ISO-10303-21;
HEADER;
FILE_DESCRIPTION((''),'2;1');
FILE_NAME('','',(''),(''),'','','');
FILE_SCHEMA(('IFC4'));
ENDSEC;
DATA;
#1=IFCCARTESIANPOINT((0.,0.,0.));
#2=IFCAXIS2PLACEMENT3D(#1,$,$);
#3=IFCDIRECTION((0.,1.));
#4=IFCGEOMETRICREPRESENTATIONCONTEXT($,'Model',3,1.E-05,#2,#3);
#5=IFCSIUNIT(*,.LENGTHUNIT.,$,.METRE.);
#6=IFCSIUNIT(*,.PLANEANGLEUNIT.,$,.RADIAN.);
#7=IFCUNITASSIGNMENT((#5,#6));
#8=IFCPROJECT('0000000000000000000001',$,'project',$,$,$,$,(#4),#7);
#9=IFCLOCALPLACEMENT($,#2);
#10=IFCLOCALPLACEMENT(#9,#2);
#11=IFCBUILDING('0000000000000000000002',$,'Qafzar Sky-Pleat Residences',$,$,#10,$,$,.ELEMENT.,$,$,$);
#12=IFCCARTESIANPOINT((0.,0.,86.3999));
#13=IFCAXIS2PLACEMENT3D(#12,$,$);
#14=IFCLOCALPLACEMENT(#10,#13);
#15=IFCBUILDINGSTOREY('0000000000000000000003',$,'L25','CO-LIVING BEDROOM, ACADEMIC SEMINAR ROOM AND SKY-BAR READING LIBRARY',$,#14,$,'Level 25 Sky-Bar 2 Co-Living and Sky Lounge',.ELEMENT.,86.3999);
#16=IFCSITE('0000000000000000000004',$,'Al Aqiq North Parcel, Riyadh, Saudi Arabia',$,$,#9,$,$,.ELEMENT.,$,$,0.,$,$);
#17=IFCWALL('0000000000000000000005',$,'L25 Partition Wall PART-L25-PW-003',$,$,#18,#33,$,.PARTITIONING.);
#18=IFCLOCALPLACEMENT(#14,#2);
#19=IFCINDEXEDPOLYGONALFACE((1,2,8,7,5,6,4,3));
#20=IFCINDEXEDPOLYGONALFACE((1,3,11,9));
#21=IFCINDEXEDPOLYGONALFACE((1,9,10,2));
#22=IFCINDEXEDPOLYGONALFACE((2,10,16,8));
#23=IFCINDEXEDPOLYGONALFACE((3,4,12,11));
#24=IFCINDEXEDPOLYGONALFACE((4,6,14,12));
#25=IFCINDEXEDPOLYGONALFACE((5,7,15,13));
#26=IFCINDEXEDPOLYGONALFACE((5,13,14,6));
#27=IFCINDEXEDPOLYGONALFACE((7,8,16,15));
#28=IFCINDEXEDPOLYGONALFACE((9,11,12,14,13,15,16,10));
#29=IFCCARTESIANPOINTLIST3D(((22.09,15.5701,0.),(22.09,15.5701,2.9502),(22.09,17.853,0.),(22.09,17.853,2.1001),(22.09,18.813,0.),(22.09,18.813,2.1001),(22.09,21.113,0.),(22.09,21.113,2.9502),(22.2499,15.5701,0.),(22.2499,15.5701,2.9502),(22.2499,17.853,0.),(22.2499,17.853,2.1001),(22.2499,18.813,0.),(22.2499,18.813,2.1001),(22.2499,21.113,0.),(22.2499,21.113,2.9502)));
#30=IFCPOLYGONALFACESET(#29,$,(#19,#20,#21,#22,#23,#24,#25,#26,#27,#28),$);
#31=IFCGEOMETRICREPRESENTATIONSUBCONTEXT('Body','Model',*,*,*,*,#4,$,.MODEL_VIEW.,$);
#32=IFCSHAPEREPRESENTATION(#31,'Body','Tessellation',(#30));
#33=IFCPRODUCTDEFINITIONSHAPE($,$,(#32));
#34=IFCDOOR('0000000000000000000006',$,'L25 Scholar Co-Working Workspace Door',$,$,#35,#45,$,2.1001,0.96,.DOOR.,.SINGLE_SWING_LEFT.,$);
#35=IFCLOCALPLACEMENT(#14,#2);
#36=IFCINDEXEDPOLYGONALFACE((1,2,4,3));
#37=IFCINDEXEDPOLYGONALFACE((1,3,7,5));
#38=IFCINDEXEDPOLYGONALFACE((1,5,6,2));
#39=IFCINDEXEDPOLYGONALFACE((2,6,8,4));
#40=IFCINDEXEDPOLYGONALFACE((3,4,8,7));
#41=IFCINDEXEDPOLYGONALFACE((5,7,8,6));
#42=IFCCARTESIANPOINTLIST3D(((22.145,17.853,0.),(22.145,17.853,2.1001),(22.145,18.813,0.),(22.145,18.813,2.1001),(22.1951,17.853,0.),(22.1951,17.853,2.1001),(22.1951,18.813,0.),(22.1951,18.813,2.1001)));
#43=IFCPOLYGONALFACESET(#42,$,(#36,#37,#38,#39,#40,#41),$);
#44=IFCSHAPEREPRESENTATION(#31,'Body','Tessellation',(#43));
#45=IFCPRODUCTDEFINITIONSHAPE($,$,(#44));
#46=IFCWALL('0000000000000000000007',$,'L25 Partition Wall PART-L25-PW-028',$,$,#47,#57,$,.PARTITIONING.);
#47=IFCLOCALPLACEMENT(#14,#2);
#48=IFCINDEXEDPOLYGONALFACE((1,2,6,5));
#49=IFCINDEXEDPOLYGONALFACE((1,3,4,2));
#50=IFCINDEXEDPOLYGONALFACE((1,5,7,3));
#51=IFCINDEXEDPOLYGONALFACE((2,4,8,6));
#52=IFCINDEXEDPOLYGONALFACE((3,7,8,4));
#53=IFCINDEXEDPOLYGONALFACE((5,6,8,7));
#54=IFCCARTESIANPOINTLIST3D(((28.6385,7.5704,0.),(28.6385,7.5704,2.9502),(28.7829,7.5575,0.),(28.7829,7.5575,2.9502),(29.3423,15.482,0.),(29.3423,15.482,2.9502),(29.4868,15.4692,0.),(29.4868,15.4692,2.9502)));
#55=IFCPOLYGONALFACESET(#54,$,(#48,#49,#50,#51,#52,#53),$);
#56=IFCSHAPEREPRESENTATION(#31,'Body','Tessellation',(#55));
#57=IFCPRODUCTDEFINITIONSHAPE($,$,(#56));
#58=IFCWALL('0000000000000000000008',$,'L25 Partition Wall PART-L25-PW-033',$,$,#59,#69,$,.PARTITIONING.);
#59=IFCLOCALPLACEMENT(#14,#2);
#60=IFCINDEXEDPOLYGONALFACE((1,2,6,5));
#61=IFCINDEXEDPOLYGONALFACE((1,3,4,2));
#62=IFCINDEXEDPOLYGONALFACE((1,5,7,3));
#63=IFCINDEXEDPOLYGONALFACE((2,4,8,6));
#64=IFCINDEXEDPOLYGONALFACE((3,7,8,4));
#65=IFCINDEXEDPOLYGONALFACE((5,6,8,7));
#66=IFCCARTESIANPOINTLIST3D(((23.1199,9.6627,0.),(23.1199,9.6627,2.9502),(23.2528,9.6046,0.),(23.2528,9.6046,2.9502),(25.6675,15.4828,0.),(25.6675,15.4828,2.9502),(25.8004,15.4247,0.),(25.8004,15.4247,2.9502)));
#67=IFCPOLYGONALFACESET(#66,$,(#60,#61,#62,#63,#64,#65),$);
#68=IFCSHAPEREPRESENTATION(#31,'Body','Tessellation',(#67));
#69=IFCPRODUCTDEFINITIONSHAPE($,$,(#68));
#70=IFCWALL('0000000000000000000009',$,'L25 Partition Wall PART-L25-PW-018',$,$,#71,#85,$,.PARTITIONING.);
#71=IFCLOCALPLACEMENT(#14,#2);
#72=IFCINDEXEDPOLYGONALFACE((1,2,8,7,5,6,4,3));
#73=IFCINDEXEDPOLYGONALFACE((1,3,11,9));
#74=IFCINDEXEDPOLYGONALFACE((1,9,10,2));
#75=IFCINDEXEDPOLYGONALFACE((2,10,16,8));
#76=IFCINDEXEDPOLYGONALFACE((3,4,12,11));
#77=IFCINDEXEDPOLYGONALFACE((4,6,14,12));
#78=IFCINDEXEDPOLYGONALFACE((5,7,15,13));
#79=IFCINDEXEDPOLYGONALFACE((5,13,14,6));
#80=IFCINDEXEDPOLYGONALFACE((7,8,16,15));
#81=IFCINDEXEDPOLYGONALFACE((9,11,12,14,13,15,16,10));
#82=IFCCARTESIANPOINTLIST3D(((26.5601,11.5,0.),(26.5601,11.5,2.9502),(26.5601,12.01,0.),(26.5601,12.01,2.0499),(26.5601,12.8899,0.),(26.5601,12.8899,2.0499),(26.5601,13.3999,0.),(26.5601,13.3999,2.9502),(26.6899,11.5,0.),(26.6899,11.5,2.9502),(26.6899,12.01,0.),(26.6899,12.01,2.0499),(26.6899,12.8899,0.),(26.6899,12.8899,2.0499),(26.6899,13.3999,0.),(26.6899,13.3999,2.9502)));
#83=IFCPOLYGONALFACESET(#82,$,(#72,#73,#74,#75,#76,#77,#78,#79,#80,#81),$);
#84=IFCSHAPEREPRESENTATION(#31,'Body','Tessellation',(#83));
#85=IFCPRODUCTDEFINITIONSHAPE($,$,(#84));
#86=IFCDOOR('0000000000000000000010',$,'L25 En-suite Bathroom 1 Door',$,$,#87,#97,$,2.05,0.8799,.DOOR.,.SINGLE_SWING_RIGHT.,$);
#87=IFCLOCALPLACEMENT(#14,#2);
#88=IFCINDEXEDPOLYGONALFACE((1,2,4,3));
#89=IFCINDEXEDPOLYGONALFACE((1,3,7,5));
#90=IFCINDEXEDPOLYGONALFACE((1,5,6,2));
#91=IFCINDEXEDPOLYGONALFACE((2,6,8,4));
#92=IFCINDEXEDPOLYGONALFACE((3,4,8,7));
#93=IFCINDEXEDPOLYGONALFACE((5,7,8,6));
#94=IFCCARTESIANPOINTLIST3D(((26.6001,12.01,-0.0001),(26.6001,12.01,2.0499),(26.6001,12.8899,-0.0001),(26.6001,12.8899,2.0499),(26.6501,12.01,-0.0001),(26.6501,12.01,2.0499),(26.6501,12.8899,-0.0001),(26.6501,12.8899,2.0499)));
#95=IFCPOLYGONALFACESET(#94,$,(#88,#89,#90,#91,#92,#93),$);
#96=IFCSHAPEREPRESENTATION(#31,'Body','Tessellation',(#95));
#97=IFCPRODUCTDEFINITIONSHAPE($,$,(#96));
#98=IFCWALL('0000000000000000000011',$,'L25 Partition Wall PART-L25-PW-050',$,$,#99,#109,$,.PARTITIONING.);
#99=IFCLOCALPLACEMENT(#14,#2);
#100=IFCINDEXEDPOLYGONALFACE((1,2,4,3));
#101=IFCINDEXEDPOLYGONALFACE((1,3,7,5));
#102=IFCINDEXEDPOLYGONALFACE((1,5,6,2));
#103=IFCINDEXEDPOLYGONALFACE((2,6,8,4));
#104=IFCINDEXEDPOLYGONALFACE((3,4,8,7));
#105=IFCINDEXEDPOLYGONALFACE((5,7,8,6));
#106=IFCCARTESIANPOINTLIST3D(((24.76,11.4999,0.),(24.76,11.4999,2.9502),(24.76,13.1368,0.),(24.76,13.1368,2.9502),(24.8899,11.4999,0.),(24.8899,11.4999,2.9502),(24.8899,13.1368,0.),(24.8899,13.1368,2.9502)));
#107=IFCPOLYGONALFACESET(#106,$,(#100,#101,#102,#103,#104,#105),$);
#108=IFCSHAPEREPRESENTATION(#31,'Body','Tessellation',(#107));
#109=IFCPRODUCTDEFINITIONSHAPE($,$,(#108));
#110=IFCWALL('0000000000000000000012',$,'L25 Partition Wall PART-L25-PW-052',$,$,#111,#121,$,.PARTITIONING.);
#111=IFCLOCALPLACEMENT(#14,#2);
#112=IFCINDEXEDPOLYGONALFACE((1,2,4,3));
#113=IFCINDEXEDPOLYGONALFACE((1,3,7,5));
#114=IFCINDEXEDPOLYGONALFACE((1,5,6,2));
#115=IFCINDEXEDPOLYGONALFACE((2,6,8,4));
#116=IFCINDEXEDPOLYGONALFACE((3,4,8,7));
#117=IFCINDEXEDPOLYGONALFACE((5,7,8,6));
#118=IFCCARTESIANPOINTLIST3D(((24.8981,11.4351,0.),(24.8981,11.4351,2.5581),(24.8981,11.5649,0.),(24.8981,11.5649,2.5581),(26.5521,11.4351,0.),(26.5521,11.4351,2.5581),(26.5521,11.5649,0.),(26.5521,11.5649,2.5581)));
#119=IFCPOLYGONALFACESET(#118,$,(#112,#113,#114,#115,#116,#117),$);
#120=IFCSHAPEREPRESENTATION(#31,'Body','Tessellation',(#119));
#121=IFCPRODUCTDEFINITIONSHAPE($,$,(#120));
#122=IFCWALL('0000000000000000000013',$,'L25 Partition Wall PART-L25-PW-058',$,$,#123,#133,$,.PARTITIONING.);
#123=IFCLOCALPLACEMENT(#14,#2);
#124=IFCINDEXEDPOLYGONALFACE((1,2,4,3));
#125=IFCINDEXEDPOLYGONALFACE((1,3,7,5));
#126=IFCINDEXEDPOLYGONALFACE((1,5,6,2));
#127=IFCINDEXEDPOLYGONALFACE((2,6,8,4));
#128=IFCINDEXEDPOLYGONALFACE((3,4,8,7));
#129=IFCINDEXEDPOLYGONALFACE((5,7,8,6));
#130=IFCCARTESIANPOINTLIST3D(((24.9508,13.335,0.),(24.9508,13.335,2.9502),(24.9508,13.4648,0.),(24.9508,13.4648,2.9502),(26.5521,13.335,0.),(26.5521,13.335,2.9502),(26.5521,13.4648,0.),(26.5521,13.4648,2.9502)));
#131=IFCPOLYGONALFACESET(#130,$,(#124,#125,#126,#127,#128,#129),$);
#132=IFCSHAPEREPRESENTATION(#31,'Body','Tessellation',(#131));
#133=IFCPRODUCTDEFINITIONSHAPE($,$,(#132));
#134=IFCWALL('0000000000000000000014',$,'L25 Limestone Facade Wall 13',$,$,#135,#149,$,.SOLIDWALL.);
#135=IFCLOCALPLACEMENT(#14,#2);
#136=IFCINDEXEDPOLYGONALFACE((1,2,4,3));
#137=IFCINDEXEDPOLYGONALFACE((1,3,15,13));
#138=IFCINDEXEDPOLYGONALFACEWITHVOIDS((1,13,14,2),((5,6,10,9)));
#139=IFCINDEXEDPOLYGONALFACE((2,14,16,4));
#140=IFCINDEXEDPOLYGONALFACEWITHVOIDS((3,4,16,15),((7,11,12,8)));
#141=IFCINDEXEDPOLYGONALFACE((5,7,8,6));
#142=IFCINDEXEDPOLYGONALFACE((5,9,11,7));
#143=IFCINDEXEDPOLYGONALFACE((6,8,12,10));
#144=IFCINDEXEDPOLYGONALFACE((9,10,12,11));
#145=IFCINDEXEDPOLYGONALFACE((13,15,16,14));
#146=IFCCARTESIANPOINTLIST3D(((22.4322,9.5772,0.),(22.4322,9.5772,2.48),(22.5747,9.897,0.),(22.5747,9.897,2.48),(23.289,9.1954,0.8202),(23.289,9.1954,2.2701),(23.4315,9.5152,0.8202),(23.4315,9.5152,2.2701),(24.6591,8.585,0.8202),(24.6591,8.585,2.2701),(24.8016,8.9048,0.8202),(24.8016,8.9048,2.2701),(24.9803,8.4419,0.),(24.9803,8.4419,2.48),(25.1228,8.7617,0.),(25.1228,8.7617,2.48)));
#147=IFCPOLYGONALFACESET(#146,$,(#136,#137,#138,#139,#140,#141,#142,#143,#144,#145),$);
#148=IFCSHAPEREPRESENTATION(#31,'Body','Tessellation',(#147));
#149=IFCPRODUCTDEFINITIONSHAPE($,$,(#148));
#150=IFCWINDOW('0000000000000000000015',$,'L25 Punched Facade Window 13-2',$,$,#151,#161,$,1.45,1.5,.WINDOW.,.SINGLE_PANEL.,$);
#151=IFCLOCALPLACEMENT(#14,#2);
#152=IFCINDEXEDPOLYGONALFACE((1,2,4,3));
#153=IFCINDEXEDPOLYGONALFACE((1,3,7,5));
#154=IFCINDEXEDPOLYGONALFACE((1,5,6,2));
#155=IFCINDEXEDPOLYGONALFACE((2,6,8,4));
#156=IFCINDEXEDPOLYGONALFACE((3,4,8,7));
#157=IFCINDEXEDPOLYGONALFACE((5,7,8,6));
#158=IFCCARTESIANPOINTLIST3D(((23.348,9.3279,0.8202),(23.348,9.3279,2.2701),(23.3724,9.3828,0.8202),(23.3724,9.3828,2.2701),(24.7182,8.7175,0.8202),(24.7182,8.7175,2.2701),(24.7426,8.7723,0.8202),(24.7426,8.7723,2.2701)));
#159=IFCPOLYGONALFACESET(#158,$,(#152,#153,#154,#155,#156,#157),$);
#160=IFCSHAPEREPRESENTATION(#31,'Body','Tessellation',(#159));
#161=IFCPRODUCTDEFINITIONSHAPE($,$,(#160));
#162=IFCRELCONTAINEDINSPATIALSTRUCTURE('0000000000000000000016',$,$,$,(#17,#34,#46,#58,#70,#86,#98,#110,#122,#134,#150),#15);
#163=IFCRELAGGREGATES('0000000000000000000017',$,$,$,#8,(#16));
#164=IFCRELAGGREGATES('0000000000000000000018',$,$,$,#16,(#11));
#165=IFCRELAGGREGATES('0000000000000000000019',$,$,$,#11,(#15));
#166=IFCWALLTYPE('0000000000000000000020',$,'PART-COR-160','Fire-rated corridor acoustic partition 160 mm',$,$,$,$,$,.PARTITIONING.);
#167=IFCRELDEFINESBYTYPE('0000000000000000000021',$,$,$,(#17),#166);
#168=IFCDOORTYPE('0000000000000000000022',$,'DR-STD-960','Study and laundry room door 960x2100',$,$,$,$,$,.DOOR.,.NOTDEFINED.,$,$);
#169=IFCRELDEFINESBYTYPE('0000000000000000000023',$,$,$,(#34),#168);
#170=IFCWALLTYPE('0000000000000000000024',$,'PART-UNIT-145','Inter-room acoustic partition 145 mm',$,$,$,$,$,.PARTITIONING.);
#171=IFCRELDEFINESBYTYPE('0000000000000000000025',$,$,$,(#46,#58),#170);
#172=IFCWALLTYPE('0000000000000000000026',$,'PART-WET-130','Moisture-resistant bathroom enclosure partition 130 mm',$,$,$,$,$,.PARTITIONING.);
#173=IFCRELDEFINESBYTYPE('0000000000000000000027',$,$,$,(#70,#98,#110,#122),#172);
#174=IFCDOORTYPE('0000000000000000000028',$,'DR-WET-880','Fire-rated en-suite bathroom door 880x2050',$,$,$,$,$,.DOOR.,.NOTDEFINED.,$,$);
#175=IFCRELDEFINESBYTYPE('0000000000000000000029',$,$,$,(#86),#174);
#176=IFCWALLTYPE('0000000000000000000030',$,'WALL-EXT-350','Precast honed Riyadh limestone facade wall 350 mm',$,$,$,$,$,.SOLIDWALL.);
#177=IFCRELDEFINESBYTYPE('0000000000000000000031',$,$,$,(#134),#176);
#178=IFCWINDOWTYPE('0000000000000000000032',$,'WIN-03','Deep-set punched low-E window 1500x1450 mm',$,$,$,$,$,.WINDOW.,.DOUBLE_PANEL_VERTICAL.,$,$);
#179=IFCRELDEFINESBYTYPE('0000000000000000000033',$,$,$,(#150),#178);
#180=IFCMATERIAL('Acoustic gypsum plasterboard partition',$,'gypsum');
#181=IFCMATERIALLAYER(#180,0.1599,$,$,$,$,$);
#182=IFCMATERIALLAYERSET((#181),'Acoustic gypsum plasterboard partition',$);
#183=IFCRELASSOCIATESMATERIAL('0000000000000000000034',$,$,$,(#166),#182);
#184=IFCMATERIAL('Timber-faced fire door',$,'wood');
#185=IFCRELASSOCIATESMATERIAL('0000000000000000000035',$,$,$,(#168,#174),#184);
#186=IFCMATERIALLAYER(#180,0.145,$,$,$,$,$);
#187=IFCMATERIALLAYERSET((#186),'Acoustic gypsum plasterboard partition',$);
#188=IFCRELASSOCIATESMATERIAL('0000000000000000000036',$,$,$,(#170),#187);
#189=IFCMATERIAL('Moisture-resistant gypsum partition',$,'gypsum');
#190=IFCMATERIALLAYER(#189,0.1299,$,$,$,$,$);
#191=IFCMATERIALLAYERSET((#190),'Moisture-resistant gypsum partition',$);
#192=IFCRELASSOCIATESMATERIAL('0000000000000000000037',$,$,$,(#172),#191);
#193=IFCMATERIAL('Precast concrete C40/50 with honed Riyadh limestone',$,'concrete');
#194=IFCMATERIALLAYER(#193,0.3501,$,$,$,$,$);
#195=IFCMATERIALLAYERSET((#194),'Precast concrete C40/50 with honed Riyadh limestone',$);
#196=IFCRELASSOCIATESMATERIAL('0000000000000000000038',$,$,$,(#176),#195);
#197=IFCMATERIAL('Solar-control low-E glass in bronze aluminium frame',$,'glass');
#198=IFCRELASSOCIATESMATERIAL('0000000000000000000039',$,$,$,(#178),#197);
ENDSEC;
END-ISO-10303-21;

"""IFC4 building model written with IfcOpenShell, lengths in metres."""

from ifc_helpers import new_model, si_unit, direction, frame, frame_2d, origin, place, context, subcontext, project, spatial, rectangle, extrude, source, transform, mapped, material, layer, layer_set, type_object, element, fill, save


model = new_model("IFC4")

# Units and contexts
model_context = context("Model", 3, precision=1e-05, world=origin(), true_north=direction((0.0, 1.0)))
body_context = subcontext(model_context, "Body", "Model", "MODEL_VIEW")
ifc_project = project(units=[si_unit("LENGTHUNIT", "METRE"), si_unit("PLANEANGLEUNIT", "RADIAN")], contexts=[model_context])

# Site, building, storey
site_placement = place(None, origin())
site = spatial("IfcSite", under=ifc_project, at=site_placement, Name="Al Aqiq North Parcel, Riyadh, Saudi Arabia", CompositionType="ELEMENT", RefElevation=0.0)
building_placement = place(site_placement, origin())
building = spatial("IfcBuilding", under=site, at=building_placement, Name="Qafzar Sky-Pleat Residences", CompositionType="ELEMENT")
storey_placement = place(building_placement, frame((0.0, 0.0, 86.3999)))
storey = spatial("IfcBuildingStorey", under=building, at=storey_placement, Name="L25", Description="CO-LIVING BEDROOM, ACADEMIC SEMINAR ROOM AND SKY-BAR READING LIBRARY", LongName="Level 25 Sky-Bar 2 Co-Living and Sky Lounge", CompositionType="ELEMENT", Elevation=86.3999)

# Wall, opening, door
ifc_material_1 = material(Name="Acoustic gypsum plasterboard partition", Category="gypsum")
ifc_layer_1 = layer(ifc_material_1, 0.1599)
ifc_layer_set_1 = layer_set([ifc_layer_1], Name="Acoustic gypsum plasterboard partition")
wall_type_1 = type_object("IfcWallType", Name="PART-COR-160", Description="Fire-rated corridor acoustic partition 160 mm", PredefinedType="PARTITIONING", material=ifc_layer_set_1)
wall_1_placement = place(storey_placement, frame((22.1699, 15.5701, 0.0), z_axis=(0.0, 0.0, 1.0), x_axis=(0.0, 1.0, 0.0)))
wall_1 = element("IfcWall", 1, at=wall_1_placement, inside=storey, type_object=wall_type_1, Name="L25 Partition Wall PART-L25-PW-003", PredefinedType="PARTITIONING", context=body_context, shape_type="SweptSolid", body=[
    extrude(rectangle(XDim=5.543, YDim=0.1599, at=frame_2d((2.7715, 0.0))), origin(), (0.0, 0.0, 1.0), 2.9502),
])
opening_1_placement = place(wall_1_placement, frame((2.283, 0.0, 0.0)))
opening_1 = element("IfcOpeningElement", 2, at=opening_1_placement, cuts=wall_1, PredefinedType="OPENING", context=body_context, shape_type="SweptSolid", body=[
    extrude(rectangle(XDim=0.96, YDim=2.1001, at=frame_2d((0.48, 1.05))), frame((0.0, 0.0898, 0.0), z_axis=(0.0, -1.0, 0.0), x_axis=(1.0, 0.0, 0.0)), (0.0, 0.0, 1.0), 0.1799),
])
ifc_material_2 = material(Name="Timber-faced fire door", Category="wood")
door_type_1 = type_object("IfcDoorType", Name="DR-STD-960", Description="Study and laundry room door 960x2100", OperationType="NOTDEFINED", PredefinedType="DOOR", material=ifc_material_2)
shared_shape_1 = source(origin(), body_context, "Body", "SweptSolid", [
    extrude(rectangle(XDim=0.96, YDim=2.1001, at=frame_2d((0.48, 1.05))), frame((0.0, 0.0249, 0.0), z_axis=(0.0, -1.0, 0.0), x_axis=(1.0, 0.0, 0.0)), (0.0, 0.0, 1.0), 0.05),
])
door_1_placement = place(opening_1_placement, origin())
door_1 = element("IfcDoor", 3, at=door_1_placement, inside=storey, type_object=door_type_1, Name="L25 Scholar Co-Working Workspace Door", OperationType="SINGLE_SWING_LEFT", OverallHeight=2.1001, OverallWidth=0.96, PredefinedType="DOOR", context=body_context, shape_type="MappedRepresentation", body=[
    mapped(shared_shape_1, transform((0.0, 0.0, 0.0), x_axis=(1.0, 0.0, 0.0), y_axis=(0.0, 1.0, 0.0), z_axis=(0.0, 0.0, 1.0), scale=1.0)),
])
fill(opening_1, door_1)

# Walls
ifc_layer_2 = layer(ifc_material_1, 0.145)
ifc_layer_set_2 = layer_set([ifc_layer_2], Name="Acoustic gypsum plasterboard partition")
wall_type_2 = type_object("IfcWallType", Name="PART-UNIT-145", Description="Inter-room acoustic partition 145 mm", PredefinedType="PARTITIONING", material=ifc_layer_set_2)
wall_2_placement = place(storey_placement, frame((28.7107, 7.564, 0.0), z_axis=(0.0, 0.0, 1.0), x_axis=(0.088615, 0.996066, 0.0)))
element("IfcWall", 4, at=wall_2_placement, inside=storey, type_object=wall_type_2, Name="L25 Partition Wall PART-L25-PW-028", PredefinedType="PARTITIONING", context=body_context, shape_type="SweptSolid", body=[
    extrude(rectangle(XDim=7.9429, YDim=0.145, at=frame_2d((3.9714, 0.0))), origin(), (0.0, 0.0, 1.0), 2.9502),
])
wall_3_placement = place(storey_placement, frame((23.1863, 9.6335, 0.0), z_axis=(0.0, 0.0, 1.0), x_axis=(0.400994, 0.916081, 0.0)))
element("IfcWall", 5, at=wall_3_placement, inside=storey, type_object=wall_type_2, Name="L25 Partition Wall PART-L25-PW-033", PredefinedType="PARTITIONING", context=body_context, shape_type="SweptSolid", body=[
    extrude(rectangle(XDim=6.3533, YDim=0.145, at=frame_2d((3.1768, 0.0))), origin(), (0.0, 0.0, 1.0), 2.9502),
])

# Wall, opening, door
ifc_material_3 = material(Name="Moisture-resistant gypsum partition", Category="gypsum")
ifc_layer_3 = layer(ifc_material_3, 0.1299)
ifc_layer_set_3 = layer_set([ifc_layer_3], Name="Moisture-resistant gypsum partition")
wall_type_3 = type_object("IfcWallType", Name="PART-WET-130", Description="Moisture-resistant bathroom enclosure partition 130 mm", PredefinedType="PARTITIONING", material=ifc_layer_set_3)
wall_4_placement = place(storey_placement, frame((26.625, 11.5, 0.0), z_axis=(0.0, 0.0, 1.0), x_axis=(0.0, 1.0, 0.0)))
wall_4 = element("IfcWall", 6, at=wall_4_placement, inside=storey, type_object=wall_type_3, Name="L25 Partition Wall PART-L25-PW-018", PredefinedType="PARTITIONING", context=body_context, shape_type="SweptSolid", body=[
    extrude(rectangle(XDim=1.8999, YDim=0.1299, at=frame_2d((0.95, 0.0))), origin(), (0.0, 0.0, 1.0), 2.9502),
])
opening_2_placement = place(wall_4_placement, frame((0.51, 0.0, 0.0)))
opening_2 = element("IfcOpeningElement", 7, at=opening_2_placement, cuts=wall_4, PredefinedType="OPENING", context=body_context, shape_type="SweptSolid", body=[
    extrude(rectangle(XDim=0.8799, YDim=2.05, at=frame_2d((0.4399, 1.0249))), frame((0.0, 0.075, 0.0), z_axis=(0.0, -1.0, 0.0), x_axis=(1.0, 0.0, 0.0)), (0.0, 0.0, 1.0), 0.1499),
])
door_type_2 = type_object("IfcDoorType", Name="DR-WET-880", Description="Fire-rated en-suite bathroom door 880x2050", OperationType="NOTDEFINED", PredefinedType="DOOR", material=ifc_material_2)
shared_shape_2 = source(origin(), body_context, "Body", "SweptSolid", [
    extrude(rectangle(XDim=0.8799, YDim=2.05, at=frame_2d((0.4399, 1.0249))), frame((0.0, 0.0249, 0.0), z_axis=(0.0, -1.0, 0.0), x_axis=(1.0, 0.0, 0.0)), (0.0, 0.0, 1.0), 0.05),
])
door_2_placement = place(opening_2_placement, origin())
door_2 = element("IfcDoor", 8, at=door_2_placement, inside=storey, type_object=door_type_2, Name="L25 En-suite Bathroom 1 Door", OperationType="SINGLE_SWING_RIGHT", OverallHeight=2.05, OverallWidth=0.8799, PredefinedType="DOOR", context=body_context, shape_type="MappedRepresentation", body=[
    mapped(shared_shape_2, transform((0.0, 0.0, 0.0), x_axis=(1.0, 0.0, 0.0), y_axis=(0.0, 1.0, 0.0), z_axis=(0.0, 0.0, 1.0), scale=1.0)),
])
fill(opening_2, door_2)

# Walls
wall_5_placement = place(storey_placement, frame((24.825, 11.5, 0.0), z_axis=(0.0, 0.0, 1.0), x_axis=(0.0, 1.0, 0.0)))
element("IfcWall", 9, at=wall_5_placement, inside=storey, type_object=wall_type_3, Name="L25 Partition Wall PART-L25-PW-050", PredefinedType="PARTITIONING", context=body_context, shape_type="SweptSolid", body=[
    extrude(rectangle(XDim=1.637, YDim=0.1299, at=frame_2d((0.8184, 0.0))), origin(), (0.0, 0.0, 1.0), 2.9502),
])
wall_6_placement = place(storey_placement, frame((24.8979, 11.5, 0.0), z_axis=(0.0, 0.0, 1.0), x_axis=(1.0, 0.0, 0.0)))
element("IfcWall", 10, at=wall_6_placement, inside=storey, type_object=wall_type_3, Name="L25 Partition Wall PART-L25-PW-052", PredefinedType="PARTITIONING", context=body_context, shape_type="SweptSolid", body=[
    extrude(rectangle(XDim=1.6541, YDim=0.1299, at=frame_2d((0.8271, 0.0))), origin(), (0.0, 0.0, 1.0), 2.5581),
])
wall_7_placement = place(storey_placement, frame((24.9507, 13.3999, 0.0), z_axis=(0.0, 0.0, 1.0), x_axis=(1.0, 0.0, 0.0)))
element("IfcWall", 11, at=wall_7_placement, inside=storey, type_object=wall_type_3, Name="L25 Partition Wall PART-L25-PW-058", PredefinedType="PARTITIONING", context=body_context, shape_type="SweptSolid", body=[
    extrude(rectangle(XDim=1.6013, YDim=0.1299, at=frame_2d((0.8008, 0.0))), origin(), (0.0, 0.0, 1.0), 2.9502),
])

# Wall, opening, window
ifc_material_4 = material(Name="Precast concrete C40/50 with honed Riyadh limestone", Category="concrete")
ifc_layer_4 = layer(ifc_material_4, 0.3501)
ifc_layer_set_4 = layer_set([ifc_layer_4], Name="Precast concrete C40/50 with honed Riyadh limestone")
wall_type_4 = type_object("IfcWallType", Name="WALL-EXT-350", Description="Precast honed Riyadh limestone facade wall 350 mm", PredefinedType="SOLIDWALL", material=ifc_layer_set_4)
wall_8_placement = place(storey_placement, frame((22.5034, 9.7371, 0.0), z_axis=(0.0, 0.0, 1.0), x_axis=(0.913443, -0.406967, 0.0)))
wall_8 = element("IfcWall", 12, at=wall_8_placement, inside=storey, type_object=wall_type_4, Name="L25 Limestone Facade Wall 13", PredefinedType="SOLIDWALL", context=body_context, shape_type="SweptSolid", body=[
    extrude(rectangle(XDim=2.7896, YDim=0.3501, at=frame_2d((1.3948, 0.0))), origin(), (0.0, 0.0, 1.0), 2.48),
])
opening_3_placement = place(wall_8_placement, frame((0.938, 0.0, 0.8201)))
opening_3 = element("IfcOpeningElement", 13, at=opening_3_placement, cuts=wall_8, PredefinedType="OPENING", context=body_context, shape_type="SweptSolid", body=[
    extrude(rectangle(XDim=1.5, YDim=1.45, at=frame_2d((0.75, 0.7251))), frame((0.0, 0.1851, 0.0), z_axis=(0.0, -1.0, 0.0), x_axis=(1.0, 0.0, 0.0)), (0.0, 0.0, 1.0), 0.3701),
])
ifc_material_5 = material(Name="Solar-control low-E glass in bronze aluminium frame", Category="glass")
window_type_1 = type_object("IfcWindowType", Name="WIN-03", Description="Deep-set punched low-E window 1500x1450 mm", PartitioningType="DOUBLE_PANEL_VERTICAL", PredefinedType="WINDOW", material=ifc_material_5)
shared_shape_3 = source(origin(), body_context, "Body", "SweptSolid", [
    extrude(rectangle(XDim=1.5, YDim=1.45, at=frame_2d((0.75, 0.7251))), frame((0.0, 0.03, 0.0), z_axis=(0.0, -1.0, 0.0), x_axis=(1.0, 0.0, 0.0)), (0.0, 0.0, 1.0), 0.0601),
])
window_1_placement = place(opening_3_placement, origin())
window_1 = element("IfcWindow", 14, at=window_1_placement, inside=storey, type_object=window_type_1, Name="L25 Punched Facade Window 13-2", OverallHeight=1.45, OverallWidth=1.5, PartitioningType="SINGLE_PANEL", PredefinedType="WINDOW", context=body_context, shape_type="MappedRepresentation", body=[
    mapped(shared_shape_3, transform((0.0, 0.0, 0.0), x_axis=(1.0, 0.0, 0.0), y_axis=(0.0, 1.0, 0.0), z_axis=(0.0, 0.0, 1.0), scale=1.0)),
])
fill(opening_3, window_1)

save(model, "model.ifc")
